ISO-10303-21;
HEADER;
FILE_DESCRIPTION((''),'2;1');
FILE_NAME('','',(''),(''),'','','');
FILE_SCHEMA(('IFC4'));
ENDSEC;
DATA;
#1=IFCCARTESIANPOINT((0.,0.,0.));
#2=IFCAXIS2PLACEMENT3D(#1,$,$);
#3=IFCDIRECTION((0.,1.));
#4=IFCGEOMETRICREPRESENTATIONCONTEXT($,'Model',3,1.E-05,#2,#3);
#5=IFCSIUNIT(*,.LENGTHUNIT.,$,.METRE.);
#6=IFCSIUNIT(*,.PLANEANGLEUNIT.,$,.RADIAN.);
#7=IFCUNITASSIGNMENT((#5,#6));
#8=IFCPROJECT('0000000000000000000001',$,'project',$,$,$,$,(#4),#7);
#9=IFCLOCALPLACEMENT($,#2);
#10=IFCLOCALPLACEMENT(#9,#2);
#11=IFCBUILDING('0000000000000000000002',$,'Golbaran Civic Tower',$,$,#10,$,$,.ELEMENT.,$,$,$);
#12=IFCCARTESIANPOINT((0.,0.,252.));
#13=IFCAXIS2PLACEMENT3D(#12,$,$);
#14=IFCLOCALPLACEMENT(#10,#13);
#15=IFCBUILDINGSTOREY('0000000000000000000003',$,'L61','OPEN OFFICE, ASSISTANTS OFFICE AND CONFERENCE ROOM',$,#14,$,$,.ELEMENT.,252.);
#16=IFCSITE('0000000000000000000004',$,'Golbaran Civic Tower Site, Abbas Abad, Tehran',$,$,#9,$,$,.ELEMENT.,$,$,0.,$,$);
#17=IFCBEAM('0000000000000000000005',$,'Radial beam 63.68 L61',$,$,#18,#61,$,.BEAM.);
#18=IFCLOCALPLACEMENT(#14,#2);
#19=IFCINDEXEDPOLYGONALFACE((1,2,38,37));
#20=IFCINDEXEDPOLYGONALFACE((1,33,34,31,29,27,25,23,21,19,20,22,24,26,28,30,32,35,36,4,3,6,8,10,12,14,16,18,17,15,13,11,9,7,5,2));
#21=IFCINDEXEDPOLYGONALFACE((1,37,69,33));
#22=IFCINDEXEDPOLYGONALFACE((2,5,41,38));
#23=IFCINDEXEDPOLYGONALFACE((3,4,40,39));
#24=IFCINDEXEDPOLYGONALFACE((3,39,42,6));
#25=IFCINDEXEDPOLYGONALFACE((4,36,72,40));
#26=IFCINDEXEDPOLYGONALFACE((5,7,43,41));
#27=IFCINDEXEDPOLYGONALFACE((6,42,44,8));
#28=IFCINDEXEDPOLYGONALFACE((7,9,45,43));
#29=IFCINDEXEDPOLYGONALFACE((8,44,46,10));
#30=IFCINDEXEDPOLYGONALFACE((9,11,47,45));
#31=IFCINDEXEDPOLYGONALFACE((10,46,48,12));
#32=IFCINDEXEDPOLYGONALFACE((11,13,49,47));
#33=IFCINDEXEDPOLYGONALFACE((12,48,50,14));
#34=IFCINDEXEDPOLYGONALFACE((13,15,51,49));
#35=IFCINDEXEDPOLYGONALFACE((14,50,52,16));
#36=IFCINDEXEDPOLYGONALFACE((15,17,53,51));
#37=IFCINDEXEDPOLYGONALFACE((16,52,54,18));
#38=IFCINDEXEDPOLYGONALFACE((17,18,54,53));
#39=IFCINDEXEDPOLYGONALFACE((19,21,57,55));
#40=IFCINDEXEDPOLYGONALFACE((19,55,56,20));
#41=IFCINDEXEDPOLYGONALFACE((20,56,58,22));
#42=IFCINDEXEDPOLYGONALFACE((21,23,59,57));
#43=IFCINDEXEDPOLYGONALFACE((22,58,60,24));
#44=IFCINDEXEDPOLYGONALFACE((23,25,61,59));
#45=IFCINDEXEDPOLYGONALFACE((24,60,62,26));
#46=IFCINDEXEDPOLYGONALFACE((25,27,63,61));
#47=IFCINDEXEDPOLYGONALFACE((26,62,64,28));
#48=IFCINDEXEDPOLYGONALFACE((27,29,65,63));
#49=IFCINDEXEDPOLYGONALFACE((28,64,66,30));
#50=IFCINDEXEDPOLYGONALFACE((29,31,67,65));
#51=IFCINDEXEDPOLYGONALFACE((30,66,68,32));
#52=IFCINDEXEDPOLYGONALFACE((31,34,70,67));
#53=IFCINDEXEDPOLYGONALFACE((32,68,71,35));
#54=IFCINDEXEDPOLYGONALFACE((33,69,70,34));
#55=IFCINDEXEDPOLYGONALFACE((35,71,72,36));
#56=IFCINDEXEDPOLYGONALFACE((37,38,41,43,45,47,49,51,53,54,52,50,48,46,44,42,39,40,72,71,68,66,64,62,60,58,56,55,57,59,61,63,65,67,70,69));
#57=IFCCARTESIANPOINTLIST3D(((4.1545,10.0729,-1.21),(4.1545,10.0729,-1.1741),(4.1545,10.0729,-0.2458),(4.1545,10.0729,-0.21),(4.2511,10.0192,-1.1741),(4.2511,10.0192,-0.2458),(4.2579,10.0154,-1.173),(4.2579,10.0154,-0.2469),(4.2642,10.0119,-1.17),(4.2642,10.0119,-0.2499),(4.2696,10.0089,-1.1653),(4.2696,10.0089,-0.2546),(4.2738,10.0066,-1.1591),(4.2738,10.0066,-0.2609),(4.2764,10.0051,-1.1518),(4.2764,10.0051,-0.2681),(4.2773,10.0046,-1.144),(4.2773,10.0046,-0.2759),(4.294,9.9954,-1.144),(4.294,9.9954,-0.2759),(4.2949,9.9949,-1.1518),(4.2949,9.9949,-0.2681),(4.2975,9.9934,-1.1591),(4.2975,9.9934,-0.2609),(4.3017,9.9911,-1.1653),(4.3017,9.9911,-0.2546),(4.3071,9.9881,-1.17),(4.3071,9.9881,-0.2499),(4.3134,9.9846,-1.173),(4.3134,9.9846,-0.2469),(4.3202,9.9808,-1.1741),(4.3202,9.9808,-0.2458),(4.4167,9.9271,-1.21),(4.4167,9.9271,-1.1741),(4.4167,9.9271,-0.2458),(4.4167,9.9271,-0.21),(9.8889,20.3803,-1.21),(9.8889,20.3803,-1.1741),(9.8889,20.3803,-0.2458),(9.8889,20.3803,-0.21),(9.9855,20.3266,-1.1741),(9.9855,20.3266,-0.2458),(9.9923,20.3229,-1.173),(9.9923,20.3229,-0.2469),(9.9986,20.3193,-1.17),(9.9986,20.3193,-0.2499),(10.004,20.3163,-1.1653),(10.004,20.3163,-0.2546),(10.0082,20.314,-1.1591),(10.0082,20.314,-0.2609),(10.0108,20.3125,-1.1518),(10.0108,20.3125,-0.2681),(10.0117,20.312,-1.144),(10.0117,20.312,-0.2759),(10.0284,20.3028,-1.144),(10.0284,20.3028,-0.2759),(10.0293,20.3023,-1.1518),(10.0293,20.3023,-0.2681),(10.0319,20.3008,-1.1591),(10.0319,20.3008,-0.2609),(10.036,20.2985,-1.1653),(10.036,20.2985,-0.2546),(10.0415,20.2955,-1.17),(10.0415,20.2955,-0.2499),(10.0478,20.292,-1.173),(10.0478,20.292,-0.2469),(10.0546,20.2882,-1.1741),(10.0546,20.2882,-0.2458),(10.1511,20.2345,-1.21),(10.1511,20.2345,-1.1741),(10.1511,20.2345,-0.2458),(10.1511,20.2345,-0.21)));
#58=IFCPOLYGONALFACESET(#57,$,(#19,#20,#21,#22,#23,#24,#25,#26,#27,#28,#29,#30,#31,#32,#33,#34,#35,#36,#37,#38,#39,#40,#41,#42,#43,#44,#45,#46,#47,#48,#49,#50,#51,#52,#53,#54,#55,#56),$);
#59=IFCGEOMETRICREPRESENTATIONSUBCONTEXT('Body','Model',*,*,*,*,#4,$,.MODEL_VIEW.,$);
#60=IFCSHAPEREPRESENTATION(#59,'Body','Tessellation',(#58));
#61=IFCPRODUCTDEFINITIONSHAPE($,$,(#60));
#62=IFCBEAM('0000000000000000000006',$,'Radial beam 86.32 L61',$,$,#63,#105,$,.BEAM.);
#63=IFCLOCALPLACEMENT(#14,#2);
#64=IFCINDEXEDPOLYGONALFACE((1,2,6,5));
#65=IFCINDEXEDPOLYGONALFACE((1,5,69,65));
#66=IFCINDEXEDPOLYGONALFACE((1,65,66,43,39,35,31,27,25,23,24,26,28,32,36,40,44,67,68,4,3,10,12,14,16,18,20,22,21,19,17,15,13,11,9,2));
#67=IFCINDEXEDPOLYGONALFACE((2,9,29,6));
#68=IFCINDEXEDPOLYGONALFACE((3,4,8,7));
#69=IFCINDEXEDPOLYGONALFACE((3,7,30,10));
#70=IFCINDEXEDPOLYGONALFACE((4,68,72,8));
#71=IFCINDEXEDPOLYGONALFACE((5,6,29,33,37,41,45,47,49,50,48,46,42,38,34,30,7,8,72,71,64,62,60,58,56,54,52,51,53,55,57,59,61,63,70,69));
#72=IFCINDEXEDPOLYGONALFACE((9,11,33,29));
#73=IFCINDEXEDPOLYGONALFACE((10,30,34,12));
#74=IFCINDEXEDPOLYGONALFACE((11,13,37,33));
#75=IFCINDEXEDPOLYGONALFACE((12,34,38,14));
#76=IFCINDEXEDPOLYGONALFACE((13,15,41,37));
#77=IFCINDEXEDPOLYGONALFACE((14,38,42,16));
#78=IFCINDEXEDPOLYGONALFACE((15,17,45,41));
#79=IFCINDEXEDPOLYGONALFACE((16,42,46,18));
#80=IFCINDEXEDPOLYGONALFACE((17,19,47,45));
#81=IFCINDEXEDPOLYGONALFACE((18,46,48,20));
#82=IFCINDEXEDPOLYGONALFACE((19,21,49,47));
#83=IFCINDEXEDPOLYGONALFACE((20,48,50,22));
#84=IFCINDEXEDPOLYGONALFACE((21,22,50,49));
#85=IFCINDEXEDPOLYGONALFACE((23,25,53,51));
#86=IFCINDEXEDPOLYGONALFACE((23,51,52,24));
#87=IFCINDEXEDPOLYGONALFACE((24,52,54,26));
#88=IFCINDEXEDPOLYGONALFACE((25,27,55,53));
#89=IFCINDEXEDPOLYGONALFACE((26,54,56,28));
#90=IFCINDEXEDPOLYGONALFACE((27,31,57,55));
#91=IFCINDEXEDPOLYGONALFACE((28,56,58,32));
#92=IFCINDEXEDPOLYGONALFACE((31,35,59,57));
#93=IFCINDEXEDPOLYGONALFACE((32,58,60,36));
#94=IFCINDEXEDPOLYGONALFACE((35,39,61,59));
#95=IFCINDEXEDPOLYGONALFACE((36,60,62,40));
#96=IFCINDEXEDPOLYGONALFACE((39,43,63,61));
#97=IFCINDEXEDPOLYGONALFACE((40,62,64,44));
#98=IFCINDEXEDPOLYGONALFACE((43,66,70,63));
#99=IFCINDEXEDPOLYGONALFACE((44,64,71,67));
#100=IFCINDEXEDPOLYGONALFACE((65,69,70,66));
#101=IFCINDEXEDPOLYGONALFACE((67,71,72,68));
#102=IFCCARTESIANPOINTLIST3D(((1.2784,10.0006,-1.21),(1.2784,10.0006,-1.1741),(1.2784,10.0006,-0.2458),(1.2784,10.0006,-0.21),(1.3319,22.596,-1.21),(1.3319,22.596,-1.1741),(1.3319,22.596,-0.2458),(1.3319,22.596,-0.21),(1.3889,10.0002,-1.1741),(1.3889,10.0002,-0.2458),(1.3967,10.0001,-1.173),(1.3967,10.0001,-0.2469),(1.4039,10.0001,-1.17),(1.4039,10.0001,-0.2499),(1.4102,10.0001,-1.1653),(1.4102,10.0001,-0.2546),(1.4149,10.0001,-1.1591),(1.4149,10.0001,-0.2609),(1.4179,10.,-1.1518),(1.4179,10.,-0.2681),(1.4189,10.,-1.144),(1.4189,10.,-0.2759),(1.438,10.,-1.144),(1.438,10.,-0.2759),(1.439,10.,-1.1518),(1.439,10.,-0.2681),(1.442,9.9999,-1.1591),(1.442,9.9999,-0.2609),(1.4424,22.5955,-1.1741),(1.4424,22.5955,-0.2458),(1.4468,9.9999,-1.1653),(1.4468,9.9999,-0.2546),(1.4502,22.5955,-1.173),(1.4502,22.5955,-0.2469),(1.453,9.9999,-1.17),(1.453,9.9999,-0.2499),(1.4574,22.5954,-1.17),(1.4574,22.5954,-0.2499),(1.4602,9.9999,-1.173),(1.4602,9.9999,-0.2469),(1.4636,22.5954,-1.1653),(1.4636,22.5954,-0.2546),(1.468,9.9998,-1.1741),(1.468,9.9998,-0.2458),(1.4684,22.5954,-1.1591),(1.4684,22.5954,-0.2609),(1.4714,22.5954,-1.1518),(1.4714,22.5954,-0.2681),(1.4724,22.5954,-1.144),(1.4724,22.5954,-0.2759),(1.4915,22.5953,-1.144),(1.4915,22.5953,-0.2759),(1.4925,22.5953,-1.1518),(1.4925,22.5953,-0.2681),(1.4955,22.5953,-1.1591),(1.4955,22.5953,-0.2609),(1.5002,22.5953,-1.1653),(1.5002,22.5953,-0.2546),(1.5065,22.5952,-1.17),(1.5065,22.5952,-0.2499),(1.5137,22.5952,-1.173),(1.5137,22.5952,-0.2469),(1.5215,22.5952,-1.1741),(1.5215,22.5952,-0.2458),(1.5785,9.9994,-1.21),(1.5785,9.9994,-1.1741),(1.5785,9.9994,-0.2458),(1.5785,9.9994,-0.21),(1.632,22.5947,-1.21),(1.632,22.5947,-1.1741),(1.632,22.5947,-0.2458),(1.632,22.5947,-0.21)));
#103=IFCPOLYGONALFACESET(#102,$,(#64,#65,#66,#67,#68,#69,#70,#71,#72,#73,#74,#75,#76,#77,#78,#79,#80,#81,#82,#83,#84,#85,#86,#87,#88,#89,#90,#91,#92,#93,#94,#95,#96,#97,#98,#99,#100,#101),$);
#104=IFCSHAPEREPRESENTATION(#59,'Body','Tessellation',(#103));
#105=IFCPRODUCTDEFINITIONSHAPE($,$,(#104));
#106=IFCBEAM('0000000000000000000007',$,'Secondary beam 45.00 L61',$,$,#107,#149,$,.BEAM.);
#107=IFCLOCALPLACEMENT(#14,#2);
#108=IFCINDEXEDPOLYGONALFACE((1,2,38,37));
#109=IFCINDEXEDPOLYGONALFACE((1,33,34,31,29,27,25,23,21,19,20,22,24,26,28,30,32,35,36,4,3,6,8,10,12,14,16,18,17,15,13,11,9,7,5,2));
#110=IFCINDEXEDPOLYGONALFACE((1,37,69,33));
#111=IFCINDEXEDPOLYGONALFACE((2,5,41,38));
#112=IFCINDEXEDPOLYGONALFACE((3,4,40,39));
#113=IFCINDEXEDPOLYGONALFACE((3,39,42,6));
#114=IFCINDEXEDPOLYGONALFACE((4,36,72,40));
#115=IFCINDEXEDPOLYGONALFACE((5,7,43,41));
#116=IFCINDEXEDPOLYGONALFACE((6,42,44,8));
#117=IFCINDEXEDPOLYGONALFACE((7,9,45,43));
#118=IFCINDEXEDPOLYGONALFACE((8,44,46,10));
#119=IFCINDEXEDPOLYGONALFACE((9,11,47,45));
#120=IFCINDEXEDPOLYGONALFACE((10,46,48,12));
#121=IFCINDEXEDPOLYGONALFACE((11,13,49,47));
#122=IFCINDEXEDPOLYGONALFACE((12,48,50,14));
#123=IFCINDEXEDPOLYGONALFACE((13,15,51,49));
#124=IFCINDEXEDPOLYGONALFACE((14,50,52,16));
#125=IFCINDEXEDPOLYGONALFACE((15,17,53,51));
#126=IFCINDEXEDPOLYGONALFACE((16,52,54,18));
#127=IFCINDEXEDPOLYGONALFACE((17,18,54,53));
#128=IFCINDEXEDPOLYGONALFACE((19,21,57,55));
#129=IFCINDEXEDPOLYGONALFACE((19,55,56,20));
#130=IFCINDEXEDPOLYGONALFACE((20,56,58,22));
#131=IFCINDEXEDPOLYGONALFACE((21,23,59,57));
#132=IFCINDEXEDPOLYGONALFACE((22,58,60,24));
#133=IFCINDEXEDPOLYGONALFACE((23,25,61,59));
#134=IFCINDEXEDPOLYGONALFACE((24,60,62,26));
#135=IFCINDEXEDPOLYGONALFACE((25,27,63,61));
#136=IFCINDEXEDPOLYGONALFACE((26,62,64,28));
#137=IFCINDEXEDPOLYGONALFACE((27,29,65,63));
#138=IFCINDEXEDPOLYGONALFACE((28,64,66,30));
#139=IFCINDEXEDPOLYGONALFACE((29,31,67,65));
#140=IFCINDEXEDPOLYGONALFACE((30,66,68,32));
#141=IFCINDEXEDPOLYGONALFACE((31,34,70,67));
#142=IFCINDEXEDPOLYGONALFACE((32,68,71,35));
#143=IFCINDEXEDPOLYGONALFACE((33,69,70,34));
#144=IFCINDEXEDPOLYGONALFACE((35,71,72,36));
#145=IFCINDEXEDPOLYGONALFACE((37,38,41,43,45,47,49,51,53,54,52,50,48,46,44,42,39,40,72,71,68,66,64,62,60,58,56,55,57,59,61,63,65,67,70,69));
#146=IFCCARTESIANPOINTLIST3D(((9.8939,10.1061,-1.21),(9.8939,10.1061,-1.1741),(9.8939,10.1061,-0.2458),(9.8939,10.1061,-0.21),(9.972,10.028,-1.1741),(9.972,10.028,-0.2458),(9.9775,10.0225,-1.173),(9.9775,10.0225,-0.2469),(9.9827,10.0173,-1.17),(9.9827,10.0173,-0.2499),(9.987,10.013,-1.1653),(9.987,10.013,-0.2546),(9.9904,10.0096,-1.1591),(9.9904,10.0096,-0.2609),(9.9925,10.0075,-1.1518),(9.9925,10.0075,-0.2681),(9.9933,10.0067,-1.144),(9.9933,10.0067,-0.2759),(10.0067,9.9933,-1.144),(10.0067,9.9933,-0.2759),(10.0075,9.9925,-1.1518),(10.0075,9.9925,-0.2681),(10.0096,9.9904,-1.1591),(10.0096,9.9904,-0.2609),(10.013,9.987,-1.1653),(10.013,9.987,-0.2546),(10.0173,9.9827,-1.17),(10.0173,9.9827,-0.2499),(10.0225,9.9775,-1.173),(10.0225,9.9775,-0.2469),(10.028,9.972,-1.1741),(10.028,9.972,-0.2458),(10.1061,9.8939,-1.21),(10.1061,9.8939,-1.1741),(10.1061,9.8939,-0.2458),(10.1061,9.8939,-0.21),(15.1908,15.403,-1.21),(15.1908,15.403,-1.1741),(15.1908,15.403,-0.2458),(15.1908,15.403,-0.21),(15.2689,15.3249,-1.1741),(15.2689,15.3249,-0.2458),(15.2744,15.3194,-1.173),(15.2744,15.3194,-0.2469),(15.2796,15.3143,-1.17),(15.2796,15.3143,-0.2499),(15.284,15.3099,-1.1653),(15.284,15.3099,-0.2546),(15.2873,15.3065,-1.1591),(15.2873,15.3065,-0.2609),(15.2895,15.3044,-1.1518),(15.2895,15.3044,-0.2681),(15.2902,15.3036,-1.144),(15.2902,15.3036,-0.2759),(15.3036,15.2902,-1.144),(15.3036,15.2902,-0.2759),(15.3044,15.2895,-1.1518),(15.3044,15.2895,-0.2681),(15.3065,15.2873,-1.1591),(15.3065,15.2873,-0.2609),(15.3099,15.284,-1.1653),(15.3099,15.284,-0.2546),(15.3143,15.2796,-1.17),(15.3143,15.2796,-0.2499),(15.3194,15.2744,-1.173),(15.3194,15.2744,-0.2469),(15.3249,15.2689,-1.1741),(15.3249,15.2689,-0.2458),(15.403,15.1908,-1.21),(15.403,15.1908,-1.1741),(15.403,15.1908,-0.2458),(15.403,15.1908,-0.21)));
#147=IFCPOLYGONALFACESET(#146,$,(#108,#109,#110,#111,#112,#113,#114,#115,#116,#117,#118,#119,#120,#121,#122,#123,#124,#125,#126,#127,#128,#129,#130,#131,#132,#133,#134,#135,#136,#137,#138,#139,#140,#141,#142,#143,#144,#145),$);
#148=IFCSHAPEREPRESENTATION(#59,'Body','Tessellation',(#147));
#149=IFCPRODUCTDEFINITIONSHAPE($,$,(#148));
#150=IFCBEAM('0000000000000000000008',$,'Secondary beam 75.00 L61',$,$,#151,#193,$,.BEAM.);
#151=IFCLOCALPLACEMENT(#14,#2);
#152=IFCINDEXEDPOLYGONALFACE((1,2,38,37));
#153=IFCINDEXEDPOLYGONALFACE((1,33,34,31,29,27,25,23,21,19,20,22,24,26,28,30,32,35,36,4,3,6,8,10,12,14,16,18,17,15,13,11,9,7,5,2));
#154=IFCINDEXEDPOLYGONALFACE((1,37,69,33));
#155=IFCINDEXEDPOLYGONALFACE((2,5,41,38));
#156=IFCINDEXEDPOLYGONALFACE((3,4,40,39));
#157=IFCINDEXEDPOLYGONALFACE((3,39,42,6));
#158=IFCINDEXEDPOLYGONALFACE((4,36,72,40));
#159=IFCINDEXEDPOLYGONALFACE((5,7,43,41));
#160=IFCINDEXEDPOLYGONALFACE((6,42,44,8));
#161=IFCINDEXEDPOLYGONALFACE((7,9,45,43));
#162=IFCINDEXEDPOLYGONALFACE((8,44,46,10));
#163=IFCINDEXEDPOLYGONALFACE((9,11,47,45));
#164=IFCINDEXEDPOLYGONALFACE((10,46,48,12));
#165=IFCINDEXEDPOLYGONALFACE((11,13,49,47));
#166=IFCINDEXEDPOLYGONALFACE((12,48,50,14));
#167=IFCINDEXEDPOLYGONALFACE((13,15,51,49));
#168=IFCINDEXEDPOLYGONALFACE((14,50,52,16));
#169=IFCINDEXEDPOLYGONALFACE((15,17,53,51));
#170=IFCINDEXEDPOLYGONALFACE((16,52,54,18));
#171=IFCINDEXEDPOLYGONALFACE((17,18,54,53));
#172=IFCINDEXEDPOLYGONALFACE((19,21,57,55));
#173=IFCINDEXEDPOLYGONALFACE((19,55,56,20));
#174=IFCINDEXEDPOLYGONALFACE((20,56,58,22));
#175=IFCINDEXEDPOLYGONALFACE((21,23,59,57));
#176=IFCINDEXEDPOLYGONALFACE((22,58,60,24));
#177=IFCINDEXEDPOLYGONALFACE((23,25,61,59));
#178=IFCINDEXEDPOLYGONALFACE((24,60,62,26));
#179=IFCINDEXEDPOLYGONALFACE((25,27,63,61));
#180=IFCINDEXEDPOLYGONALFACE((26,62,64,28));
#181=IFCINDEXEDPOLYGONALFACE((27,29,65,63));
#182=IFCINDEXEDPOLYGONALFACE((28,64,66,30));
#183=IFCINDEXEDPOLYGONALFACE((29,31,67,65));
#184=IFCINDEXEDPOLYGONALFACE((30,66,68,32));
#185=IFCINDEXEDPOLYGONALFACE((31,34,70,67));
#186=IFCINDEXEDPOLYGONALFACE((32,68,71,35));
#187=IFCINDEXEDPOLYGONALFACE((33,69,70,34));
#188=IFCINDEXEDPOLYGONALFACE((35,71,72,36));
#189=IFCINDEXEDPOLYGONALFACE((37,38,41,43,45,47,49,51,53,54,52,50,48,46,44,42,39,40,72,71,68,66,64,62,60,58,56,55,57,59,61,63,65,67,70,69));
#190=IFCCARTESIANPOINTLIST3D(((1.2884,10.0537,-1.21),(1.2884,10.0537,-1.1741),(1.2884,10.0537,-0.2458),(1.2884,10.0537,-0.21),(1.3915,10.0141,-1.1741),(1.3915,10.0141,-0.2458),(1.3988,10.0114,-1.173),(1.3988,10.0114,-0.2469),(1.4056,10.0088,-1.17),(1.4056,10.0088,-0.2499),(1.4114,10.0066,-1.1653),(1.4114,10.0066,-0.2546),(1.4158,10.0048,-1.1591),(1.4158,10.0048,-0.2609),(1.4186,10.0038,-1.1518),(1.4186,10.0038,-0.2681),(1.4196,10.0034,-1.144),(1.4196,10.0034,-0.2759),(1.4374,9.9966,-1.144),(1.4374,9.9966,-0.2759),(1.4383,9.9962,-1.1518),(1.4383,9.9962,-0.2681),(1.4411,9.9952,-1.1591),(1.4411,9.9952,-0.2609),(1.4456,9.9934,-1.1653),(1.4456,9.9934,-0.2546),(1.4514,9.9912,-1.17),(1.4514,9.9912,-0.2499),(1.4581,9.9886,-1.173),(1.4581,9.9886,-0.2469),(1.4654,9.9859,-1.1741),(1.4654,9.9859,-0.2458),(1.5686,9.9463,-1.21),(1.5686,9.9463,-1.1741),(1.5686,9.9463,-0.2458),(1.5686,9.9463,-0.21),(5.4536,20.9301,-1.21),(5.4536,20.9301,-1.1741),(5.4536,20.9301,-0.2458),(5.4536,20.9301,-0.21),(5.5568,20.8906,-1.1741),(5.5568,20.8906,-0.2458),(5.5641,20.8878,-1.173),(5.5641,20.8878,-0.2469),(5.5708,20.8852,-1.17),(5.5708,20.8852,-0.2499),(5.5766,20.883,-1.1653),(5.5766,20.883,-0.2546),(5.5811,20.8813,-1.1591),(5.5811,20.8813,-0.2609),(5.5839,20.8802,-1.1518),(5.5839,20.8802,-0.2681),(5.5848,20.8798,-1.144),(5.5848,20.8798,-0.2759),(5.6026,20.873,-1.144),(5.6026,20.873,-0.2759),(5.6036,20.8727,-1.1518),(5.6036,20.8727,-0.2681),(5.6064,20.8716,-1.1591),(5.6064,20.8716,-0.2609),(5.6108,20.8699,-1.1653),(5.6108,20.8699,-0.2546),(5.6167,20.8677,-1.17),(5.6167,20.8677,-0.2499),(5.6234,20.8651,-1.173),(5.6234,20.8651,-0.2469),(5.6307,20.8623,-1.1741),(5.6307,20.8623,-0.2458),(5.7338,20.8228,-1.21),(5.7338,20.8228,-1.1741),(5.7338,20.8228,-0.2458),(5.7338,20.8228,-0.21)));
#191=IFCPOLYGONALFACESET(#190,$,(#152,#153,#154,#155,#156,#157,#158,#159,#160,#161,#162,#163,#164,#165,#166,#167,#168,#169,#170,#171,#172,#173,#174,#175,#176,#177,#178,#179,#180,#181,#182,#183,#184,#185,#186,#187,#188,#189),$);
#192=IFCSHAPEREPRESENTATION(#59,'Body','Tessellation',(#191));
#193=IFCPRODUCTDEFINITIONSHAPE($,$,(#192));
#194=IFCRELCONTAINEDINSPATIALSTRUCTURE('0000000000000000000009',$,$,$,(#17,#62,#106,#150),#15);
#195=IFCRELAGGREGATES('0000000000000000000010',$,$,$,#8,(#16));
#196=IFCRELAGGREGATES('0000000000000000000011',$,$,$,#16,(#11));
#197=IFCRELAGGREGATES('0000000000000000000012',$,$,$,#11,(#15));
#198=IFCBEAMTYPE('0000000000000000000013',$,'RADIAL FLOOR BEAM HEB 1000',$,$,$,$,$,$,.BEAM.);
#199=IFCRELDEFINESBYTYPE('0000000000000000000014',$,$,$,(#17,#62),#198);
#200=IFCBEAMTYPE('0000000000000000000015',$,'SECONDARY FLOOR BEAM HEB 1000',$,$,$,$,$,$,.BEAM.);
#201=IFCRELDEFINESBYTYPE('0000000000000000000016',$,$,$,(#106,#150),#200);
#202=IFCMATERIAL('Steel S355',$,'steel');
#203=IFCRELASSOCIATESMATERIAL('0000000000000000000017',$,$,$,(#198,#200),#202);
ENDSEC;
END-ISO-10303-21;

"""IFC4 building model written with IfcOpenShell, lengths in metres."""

from ifc_helpers import new_model, si_unit, direction, frame, origin, origin_2d, place, context, subcontext, project, spatial, i_section, extrude, material, material_profile, profile_set, type_object, element, save


model = new_model("IFC4")

# Units and contexts
model_context = context("Model", 3, precision=1e-05, world=origin(), true_north=direction((0.0, 1.0)))
body_context = subcontext(model_context, "Body", "Model", "MODEL_VIEW")
ifc_project = project(units=[si_unit("LENGTHUNIT", "METRE"), si_unit("PLANEANGLEUNIT", "RADIAN")], contexts=[model_context])

# Site, building, storey
site_placement = place(None, origin())
site = spatial("IfcSite", under=ifc_project, at=site_placement, Name="Golbaran Civic Tower Site, Abbas Abad, Tehran", CompositionType="ELEMENT", RefElevation=0.0)
building_placement = place(site_placement, origin())
building = spatial("IfcBuilding", under=site, at=building_placement, Name="Golbaran Civic Tower", CompositionType="ELEMENT")
storey_placement = place(building_placement, frame((0.0, 0.0, 252.0)))
storey = spatial("IfcBuildingStorey", under=building, at=storey_placement, Name="L61", Description="OPEN OFFICE, ASSISTANTS OFFICE AND CONFERENCE ROOM", CompositionType="ELEMENT", Elevation=252.0)

# Beams
ifc_material_1 = material(Name="Steel S355", Category="steel")
ifc_material_profile_1 = material_profile(ifc_material_1, i_section(OverallWidth=0.3, OverallDepth=1.0, WebThickness=0.019, FlangeThickness=0.0359, FilletRadius=0.03, at=origin_2d()), Name="HEB 1000")
ifc_profile_set_1 = profile_set([ifc_material_profile_1], Name="Steel S355")
beam_type_1 = type_object("IfcBeamType", Name="RADIAL FLOOR BEAM HEB 1000", PredefinedType="BEAM", material=ifc_profile_set_1)
beam_1_placement = place(storey_placement, frame((4.2856, 10.0, -0.71), z_axis=(0.486165, 0.873867, 0.0), x_axis=(-0.873867, 0.486165, 0.0)))
element("IfcBeam", 1, at=beam_1_placement, inside=storey, type_object=beam_type_1, Name="Radial beam 63.68 L61", PredefinedType="BEAM", context=body_context, shape_type="SweptSolid", body=[
    extrude(i_section(OverallWidth=0.3, OverallDepth=1.0, WebThickness=0.019, FlangeThickness=0.0359, FilletRadius=0.03, at=origin_2d()), origin(), (0.0, 0.0, 1.0), 11.7952),
])
beam_2_placement = place(storey_placement, frame((1.4285, 10.0, -0.71), z_axis=(0.004245, 0.999991, 0.0), x_axis=(-0.999991, 0.004245, 0.0)))
element("IfcBeam", 2, at=beam_2_placement, inside=storey, type_object=beam_type_1, Name="Radial beam 86.32 L61", PredefinedType="BEAM", context=body_context, shape_type="SweptSolid", body=[
    extrude(i_section(OverallWidth=0.3, OverallDepth=1.0, WebThickness=0.019, FlangeThickness=0.0359, FilletRadius=0.03, at=origin_2d()), origin(), (0.0, 0.0, 1.0), 12.5955),
])
ifc_material_profile_2 = material_profile(ifc_material_1, i_section(OverallWidth=0.3, OverallDepth=1.0, WebThickness=0.019, FlangeThickness=0.0359, FilletRadius=0.03, at=origin_2d()), Name="HEB 1000")
ifc_profile_set_2 = profile_set([ifc_material_profile_2], Name="Steel S355")
beam_type_2 = type_object("IfcBeamType", Name="SECONDARY FLOOR BEAM HEB 1000", PredefinedType="BEAM", material=ifc_profile_set_2)
beam_3_placement = place(storey_placement, frame((10.0, 10.0, -0.71), z_axis=(0.707107, 0.707107, 0.0), x_axis=(-0.707107, 0.707107, 0.0)))
element("IfcBeam", 3, at=beam_3_placement, inside=storey, type_object=beam_type_2, Name="Secondary beam 45.00 L61", PredefinedType="BEAM", context=body_context, shape_type="SweptSolid", body=[
    extrude(i_section(OverallWidth=0.3, OverallDepth=1.0, WebThickness=0.019, FlangeThickness=0.0359, FilletRadius=0.03, at=origin_2d()), origin(), (0.0, 0.0, 1.0), 7.491),
])
beam_4_placement = place(storey_placement, frame((1.4285, 10.0, -0.71), z_axis=(0.357634, 0.933862, 0.0), x_axis=(-0.933862, 0.357634, 0.0)))
element("IfcBeam", 4, at=beam_4_placement, inside=storey, type_object=beam_type_2, Name="Secondary beam 75.00 L61", PredefinedType="BEAM", context=body_context, shape_type="SweptSolid", body=[
    extrude(i_section(OverallWidth=0.3, OverallDepth=1.0, WebThickness=0.019, FlangeThickness=0.0359, FilletRadius=0.03, at=origin_2d()), origin(), (0.0, 0.0, 1.0), 11.6467),
])

save(model, "model.ifc")
